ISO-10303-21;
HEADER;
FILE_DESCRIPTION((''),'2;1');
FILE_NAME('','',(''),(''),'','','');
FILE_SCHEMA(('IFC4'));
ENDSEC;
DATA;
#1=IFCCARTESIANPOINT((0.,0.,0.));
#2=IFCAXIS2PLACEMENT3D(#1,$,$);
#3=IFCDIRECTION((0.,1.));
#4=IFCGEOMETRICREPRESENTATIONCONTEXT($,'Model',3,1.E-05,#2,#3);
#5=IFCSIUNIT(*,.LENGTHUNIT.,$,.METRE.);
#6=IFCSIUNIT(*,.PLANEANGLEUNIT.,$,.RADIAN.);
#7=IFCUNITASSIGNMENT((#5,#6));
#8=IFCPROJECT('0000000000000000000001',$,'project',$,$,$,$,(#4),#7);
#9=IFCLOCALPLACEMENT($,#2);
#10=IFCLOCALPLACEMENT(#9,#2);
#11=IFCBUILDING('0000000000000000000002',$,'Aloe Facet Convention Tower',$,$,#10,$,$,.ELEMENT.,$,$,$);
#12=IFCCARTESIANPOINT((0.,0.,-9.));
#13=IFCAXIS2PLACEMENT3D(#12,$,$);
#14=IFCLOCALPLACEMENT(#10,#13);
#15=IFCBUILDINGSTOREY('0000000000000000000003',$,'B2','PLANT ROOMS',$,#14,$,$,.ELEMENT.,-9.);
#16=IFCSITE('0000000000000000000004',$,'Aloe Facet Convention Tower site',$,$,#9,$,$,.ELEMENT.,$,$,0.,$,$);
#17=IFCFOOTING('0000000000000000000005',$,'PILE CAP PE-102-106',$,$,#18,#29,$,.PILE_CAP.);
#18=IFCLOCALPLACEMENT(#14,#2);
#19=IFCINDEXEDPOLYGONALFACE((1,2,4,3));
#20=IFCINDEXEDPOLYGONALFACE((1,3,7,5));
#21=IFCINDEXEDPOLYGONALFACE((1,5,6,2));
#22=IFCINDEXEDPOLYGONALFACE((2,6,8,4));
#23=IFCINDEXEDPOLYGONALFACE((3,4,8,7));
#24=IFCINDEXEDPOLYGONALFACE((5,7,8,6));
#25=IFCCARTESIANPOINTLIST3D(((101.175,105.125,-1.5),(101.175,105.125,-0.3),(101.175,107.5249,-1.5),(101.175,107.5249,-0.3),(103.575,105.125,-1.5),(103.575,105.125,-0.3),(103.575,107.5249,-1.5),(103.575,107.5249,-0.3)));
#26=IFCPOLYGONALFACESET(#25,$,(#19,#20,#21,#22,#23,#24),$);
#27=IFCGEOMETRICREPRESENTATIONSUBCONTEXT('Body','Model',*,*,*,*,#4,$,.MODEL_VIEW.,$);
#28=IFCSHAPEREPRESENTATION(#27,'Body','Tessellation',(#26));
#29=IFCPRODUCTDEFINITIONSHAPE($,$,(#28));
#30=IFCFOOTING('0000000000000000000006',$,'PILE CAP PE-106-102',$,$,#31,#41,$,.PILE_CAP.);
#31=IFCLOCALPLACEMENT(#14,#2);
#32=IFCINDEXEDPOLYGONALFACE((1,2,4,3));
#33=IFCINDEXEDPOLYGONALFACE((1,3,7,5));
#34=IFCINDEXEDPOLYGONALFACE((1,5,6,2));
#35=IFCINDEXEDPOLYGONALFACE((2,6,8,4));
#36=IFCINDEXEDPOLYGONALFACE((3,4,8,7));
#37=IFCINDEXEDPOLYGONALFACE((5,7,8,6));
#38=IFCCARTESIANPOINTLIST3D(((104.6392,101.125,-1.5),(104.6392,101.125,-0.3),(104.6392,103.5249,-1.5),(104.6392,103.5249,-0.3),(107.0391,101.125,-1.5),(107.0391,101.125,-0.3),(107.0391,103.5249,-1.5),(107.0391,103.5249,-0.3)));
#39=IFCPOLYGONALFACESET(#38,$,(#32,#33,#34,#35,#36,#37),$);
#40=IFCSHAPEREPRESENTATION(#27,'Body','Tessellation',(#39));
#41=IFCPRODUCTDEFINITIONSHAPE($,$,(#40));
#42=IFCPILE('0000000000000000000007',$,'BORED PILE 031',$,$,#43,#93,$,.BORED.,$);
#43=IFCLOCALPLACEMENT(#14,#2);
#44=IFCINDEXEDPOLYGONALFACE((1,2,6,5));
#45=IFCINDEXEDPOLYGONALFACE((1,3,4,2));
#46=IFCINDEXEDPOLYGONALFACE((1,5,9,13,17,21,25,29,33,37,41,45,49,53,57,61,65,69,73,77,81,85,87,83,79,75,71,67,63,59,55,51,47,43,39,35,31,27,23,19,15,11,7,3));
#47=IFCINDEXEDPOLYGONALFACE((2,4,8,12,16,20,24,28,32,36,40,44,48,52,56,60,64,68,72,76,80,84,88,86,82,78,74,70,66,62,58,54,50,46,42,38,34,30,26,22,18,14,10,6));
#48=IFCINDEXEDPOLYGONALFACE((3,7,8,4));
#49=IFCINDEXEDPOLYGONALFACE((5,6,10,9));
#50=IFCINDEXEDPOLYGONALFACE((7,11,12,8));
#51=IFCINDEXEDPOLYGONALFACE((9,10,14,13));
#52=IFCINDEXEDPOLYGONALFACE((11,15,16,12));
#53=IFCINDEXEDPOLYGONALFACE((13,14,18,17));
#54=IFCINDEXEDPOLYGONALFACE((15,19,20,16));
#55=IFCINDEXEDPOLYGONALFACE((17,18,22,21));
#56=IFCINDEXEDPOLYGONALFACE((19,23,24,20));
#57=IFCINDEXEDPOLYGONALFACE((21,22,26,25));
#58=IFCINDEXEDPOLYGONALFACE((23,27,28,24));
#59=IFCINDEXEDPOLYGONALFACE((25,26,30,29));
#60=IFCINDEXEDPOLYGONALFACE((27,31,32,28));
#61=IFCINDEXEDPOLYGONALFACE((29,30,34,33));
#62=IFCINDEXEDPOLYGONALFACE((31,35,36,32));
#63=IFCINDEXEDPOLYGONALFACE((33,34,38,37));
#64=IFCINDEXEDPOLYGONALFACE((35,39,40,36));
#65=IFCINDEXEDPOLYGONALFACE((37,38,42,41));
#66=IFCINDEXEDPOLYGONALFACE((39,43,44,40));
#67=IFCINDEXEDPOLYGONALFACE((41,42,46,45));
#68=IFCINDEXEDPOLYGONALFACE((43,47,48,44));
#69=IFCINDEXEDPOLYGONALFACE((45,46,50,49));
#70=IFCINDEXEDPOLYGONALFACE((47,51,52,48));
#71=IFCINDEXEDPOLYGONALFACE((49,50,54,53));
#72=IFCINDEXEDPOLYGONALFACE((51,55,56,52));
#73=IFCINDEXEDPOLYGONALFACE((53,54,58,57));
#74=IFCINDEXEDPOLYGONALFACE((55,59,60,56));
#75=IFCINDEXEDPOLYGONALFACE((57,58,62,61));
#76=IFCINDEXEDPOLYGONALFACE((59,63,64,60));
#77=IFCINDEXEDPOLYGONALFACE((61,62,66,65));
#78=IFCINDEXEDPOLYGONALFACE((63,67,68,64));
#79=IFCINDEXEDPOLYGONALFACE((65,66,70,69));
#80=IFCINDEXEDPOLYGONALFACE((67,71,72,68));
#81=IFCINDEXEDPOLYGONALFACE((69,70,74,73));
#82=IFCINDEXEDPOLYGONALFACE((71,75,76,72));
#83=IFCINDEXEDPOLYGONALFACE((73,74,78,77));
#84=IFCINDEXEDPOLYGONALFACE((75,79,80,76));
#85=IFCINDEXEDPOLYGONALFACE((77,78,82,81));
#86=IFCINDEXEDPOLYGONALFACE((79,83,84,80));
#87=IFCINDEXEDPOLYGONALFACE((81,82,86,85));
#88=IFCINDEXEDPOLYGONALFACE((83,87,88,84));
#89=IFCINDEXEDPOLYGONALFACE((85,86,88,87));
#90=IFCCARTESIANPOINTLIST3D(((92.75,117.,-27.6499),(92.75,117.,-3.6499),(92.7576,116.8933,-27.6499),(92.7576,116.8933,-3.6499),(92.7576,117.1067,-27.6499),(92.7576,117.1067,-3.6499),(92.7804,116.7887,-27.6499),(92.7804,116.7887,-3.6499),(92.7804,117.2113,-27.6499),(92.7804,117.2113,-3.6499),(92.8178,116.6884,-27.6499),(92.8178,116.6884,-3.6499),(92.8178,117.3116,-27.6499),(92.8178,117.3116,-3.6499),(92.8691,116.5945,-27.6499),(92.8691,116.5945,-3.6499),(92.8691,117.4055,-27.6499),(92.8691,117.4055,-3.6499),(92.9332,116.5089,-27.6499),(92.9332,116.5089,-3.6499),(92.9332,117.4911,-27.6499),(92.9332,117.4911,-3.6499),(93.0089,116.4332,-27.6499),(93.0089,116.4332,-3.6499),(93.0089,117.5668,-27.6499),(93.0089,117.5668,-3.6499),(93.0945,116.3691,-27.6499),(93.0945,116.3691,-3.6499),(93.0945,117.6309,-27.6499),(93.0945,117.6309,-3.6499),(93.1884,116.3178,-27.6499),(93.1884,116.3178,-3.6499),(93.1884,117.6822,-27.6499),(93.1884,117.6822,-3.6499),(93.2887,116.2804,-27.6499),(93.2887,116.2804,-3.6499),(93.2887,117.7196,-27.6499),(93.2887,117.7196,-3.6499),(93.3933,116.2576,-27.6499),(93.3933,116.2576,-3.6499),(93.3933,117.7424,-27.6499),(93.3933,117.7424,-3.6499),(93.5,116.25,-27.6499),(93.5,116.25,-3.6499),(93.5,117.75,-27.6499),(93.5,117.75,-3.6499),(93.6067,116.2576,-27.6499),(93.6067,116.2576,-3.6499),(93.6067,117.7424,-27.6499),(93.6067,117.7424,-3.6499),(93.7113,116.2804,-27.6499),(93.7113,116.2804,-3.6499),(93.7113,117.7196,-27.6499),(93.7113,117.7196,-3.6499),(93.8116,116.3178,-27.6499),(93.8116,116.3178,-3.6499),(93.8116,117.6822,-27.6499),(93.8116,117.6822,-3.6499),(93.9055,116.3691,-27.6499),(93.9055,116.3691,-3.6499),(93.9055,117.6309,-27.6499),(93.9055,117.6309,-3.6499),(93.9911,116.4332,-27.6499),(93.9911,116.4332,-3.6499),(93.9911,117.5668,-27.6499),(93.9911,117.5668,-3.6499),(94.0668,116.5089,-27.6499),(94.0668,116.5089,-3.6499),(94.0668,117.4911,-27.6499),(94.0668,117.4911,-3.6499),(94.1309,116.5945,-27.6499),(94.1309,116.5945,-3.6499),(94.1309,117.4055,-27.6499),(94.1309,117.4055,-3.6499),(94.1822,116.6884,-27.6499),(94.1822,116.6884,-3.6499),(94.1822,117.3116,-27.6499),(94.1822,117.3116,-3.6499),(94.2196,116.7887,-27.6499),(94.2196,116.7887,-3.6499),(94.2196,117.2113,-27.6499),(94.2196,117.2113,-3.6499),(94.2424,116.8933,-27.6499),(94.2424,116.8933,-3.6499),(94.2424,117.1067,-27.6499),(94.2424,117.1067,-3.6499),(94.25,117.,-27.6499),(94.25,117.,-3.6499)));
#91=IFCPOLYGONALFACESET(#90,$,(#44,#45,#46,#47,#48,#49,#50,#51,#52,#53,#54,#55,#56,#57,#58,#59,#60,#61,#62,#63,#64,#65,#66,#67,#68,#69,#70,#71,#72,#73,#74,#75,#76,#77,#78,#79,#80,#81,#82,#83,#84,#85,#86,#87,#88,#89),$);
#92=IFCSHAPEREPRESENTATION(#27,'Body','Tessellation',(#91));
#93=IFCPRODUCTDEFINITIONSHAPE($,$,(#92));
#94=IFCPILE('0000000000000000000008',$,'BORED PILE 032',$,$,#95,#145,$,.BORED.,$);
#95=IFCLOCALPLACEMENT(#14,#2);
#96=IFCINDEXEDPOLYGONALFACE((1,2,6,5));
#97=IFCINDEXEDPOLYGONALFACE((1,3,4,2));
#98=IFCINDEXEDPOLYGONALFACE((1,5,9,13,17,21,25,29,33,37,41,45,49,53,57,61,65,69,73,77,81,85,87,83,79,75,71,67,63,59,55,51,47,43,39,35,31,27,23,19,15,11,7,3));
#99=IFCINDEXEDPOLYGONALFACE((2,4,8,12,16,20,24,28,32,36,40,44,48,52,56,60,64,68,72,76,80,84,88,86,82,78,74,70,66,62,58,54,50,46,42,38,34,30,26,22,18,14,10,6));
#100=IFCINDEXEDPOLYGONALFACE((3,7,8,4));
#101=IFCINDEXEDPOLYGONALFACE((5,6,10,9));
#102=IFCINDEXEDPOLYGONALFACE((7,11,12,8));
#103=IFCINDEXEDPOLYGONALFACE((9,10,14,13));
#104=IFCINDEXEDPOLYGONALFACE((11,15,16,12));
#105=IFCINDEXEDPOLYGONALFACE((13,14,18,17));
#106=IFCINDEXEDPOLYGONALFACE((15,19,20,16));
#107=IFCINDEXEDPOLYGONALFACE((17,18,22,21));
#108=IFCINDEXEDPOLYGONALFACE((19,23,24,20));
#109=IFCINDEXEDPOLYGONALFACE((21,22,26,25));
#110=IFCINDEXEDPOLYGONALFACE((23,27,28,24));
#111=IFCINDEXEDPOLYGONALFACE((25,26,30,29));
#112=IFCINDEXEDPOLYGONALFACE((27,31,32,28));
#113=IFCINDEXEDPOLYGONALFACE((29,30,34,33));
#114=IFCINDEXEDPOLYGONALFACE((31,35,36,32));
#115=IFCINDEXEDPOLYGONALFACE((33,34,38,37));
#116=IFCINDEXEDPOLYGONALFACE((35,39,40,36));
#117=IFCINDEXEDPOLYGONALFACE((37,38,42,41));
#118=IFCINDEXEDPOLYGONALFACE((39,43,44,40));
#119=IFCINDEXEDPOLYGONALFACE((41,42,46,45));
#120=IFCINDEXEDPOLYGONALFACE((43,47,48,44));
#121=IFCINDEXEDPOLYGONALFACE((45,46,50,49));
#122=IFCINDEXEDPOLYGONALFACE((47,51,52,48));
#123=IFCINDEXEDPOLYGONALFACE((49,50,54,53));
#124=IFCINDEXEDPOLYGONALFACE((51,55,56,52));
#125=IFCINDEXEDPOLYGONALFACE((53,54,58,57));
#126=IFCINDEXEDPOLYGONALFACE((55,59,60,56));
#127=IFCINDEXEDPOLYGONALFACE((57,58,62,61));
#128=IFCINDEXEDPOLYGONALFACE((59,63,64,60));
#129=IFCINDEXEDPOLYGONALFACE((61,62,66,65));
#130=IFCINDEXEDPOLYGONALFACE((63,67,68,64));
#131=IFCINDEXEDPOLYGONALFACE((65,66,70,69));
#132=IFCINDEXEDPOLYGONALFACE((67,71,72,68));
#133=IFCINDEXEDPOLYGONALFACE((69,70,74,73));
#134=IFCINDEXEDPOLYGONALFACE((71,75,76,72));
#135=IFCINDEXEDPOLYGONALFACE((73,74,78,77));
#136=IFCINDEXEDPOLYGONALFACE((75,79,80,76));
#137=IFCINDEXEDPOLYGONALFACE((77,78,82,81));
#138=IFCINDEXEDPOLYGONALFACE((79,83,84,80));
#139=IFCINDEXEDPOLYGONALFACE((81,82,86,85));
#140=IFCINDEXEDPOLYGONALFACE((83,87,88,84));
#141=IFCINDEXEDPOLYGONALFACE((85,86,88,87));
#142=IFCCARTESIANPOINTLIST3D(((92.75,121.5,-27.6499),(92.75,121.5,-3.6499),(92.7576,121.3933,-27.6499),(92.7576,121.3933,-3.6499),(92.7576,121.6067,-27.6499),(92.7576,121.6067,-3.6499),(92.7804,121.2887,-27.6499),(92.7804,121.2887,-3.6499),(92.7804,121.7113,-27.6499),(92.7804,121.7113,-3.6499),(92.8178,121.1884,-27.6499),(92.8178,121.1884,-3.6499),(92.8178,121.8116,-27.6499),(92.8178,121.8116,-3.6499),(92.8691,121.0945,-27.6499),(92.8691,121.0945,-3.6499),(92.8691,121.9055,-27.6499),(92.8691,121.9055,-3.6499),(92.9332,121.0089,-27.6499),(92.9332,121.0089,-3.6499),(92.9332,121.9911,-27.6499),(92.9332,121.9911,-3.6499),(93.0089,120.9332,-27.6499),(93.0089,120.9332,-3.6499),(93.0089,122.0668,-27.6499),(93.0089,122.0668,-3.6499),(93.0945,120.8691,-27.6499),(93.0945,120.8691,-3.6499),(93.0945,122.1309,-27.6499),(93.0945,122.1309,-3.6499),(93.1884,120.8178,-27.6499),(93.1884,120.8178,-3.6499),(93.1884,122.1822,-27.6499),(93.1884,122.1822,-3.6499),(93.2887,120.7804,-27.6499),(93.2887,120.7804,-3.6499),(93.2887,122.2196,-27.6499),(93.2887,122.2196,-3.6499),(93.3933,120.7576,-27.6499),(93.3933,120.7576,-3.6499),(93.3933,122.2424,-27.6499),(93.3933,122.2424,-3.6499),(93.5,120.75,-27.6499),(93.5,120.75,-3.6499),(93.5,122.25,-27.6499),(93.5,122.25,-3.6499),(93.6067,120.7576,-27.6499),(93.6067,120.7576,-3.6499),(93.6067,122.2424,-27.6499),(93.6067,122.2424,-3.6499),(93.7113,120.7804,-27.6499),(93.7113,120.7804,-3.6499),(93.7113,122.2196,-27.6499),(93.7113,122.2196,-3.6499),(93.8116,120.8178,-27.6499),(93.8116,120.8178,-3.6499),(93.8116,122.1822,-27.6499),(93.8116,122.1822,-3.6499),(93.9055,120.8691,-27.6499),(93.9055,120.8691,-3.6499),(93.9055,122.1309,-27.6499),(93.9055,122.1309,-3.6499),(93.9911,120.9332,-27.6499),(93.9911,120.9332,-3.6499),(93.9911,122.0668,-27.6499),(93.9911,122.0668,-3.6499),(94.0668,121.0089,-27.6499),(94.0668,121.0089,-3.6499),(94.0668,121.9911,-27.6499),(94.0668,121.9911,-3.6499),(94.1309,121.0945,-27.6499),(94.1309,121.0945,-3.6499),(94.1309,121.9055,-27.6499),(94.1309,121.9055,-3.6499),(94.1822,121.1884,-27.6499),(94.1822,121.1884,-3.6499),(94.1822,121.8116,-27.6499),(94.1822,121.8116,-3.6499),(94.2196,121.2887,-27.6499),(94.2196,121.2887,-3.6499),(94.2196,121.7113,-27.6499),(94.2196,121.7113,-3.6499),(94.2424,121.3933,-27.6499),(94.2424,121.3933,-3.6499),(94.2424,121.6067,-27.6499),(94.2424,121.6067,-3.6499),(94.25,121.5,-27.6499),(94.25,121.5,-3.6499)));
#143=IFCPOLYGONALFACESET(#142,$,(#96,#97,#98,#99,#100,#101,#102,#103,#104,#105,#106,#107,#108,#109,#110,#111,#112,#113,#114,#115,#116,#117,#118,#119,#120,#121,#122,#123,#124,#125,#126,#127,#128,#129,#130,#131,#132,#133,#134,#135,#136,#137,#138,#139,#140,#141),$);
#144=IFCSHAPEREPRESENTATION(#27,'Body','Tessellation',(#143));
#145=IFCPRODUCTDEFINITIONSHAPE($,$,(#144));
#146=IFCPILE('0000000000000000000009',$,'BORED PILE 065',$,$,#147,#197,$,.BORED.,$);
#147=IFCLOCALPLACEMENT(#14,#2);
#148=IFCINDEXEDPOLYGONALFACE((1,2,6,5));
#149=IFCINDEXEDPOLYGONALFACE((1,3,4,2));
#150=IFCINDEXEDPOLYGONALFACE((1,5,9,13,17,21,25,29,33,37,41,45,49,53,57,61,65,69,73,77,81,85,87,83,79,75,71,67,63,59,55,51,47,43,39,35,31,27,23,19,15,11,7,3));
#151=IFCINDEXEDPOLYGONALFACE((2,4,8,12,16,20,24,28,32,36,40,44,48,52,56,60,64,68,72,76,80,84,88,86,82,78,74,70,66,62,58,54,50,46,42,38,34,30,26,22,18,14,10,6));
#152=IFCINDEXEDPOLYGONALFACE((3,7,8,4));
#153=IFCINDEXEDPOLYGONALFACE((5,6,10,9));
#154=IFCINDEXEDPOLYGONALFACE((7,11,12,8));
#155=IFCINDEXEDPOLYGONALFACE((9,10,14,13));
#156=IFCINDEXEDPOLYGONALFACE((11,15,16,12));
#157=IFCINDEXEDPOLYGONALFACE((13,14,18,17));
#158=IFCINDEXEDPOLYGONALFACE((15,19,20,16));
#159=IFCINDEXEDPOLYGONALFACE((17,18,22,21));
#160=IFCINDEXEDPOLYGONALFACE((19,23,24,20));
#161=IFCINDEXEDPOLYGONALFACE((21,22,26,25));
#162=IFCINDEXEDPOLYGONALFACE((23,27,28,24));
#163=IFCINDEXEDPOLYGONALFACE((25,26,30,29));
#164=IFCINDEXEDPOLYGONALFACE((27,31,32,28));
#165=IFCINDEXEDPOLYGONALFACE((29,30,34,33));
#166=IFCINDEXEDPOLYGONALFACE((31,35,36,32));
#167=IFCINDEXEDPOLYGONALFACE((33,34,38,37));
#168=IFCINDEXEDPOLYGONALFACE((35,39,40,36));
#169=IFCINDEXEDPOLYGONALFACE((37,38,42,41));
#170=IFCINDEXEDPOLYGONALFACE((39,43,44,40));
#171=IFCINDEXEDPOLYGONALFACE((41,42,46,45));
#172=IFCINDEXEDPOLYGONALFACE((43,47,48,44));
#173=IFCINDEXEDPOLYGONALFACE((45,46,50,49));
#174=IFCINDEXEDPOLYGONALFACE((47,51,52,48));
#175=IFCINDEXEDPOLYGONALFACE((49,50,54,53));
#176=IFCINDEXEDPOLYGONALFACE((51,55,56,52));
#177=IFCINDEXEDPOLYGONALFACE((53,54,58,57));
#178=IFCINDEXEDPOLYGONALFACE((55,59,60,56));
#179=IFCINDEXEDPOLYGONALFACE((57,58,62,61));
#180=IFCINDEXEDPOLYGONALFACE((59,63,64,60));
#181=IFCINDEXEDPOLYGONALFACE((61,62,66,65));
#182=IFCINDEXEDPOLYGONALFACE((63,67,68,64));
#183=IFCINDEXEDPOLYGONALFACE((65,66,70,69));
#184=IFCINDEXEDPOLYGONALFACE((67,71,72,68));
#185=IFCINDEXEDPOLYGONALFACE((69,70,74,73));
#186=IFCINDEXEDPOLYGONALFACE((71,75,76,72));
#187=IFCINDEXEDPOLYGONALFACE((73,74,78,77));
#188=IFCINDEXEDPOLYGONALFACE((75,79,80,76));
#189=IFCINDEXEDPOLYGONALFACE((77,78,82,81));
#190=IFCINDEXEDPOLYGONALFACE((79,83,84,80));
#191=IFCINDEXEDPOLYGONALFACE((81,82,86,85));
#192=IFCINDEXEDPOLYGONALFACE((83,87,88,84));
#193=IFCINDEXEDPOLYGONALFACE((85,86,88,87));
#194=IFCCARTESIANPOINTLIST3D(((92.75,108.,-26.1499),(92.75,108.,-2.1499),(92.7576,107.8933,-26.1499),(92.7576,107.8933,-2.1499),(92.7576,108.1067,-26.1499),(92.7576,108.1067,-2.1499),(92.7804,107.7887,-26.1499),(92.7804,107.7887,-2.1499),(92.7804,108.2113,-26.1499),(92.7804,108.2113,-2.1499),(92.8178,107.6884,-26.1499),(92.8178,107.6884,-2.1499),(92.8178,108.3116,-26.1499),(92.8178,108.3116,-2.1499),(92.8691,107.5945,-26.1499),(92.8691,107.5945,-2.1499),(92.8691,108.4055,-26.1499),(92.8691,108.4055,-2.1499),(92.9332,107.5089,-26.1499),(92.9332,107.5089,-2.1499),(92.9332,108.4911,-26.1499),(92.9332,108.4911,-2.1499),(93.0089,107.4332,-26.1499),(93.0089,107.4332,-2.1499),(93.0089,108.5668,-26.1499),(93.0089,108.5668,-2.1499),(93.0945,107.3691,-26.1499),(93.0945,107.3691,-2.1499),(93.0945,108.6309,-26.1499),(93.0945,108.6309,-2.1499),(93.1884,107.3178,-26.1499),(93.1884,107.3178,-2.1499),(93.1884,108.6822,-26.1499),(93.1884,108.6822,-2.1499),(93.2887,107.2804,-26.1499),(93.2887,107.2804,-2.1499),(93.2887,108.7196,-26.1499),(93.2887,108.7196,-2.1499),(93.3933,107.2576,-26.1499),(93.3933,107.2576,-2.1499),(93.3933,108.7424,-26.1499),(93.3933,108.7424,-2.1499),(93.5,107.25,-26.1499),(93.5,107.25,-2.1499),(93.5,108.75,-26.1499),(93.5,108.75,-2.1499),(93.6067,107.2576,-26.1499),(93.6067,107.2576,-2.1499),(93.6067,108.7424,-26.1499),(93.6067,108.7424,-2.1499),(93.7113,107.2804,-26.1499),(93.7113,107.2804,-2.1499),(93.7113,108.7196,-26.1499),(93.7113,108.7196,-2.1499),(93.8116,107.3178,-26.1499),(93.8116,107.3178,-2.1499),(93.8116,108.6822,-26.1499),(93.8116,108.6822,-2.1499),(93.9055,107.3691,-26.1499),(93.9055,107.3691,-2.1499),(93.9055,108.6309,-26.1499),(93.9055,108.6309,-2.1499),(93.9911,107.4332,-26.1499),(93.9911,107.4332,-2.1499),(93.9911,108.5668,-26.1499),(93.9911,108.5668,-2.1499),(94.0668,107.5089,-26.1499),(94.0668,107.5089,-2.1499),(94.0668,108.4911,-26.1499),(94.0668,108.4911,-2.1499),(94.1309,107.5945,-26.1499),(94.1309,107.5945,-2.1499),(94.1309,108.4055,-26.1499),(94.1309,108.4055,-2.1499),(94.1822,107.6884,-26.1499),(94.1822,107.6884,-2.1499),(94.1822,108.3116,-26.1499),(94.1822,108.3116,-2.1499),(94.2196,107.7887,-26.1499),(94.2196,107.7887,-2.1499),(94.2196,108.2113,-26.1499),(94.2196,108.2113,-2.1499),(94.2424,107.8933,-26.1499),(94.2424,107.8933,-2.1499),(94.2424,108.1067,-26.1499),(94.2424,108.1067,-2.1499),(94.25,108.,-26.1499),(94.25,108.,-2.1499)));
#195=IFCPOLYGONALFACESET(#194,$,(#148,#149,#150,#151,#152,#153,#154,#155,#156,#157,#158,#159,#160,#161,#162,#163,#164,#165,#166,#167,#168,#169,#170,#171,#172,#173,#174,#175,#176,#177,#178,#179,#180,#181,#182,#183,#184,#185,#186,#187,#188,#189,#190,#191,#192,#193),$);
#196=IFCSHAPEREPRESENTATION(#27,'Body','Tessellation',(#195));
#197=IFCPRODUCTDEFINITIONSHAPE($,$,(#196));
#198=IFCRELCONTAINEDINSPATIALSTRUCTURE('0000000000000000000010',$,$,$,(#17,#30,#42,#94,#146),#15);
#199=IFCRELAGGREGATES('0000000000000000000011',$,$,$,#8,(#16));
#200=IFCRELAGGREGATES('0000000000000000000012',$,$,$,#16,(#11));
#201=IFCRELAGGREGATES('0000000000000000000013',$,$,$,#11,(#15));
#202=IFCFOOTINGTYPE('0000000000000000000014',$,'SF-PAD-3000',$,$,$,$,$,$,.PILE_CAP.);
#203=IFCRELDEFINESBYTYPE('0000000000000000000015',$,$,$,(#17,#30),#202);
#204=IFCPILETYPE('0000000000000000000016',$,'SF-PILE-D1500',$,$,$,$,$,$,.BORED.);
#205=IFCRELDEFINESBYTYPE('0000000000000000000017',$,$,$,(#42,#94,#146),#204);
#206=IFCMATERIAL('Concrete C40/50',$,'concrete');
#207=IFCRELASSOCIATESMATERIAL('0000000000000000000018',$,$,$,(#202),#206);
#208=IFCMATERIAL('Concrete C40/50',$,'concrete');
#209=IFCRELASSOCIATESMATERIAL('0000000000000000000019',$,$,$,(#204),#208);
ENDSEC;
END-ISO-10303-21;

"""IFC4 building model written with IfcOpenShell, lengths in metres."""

from ifc_helpers import new_model, si_unit, direction, frame, origin, origin_2d, place, context, subcontext, project, spatial, rectangle, circle, extrude, material, material_profile, profile_set, type_object, element, save


model = new_model("IFC4")

# Units and contexts
model_context = context("Model", 3, precision=1e-05, world=origin(), true_north=direction((0.0, 1.0)))
body_context = subcontext(model_context, "Body", "Model", "MODEL_VIEW")
ifc_project = project(units=[si_unit("LENGTHUNIT", "METRE"), si_unit("PLANEANGLEUNIT", "RADIAN")], contexts=[model_context])

# Site, building, storey
site_placement = place(None, origin())
site = spatial("IfcSite", under=ifc_project, at=site_placement, Name="Aloe Facet Convention Tower site", CompositionType="ELEMENT", RefElevation=0.0)
building_placement = place(site_placement, origin())
building = spatial("IfcBuilding", under=site, at=building_placement, Name="Aloe Facet Convention Tower", CompositionType="ELEMENT")
storey_placement = place(building_placement, frame((0.0, 0.0, -9.0)))
storey = spatial("IfcBuildingStorey", under=building, at=storey_placement, Name="B2", Description="PLANT ROOMS", CompositionType="ELEMENT", Elevation=-9.0)

# Footings
ifc_material_1 = material(Name="Concrete C40/50", Category="concrete")
footing_type = type_object("IfcFootingType", Name="SF-PAD-3000", PredefinedType="PILE_CAP", material=ifc_material_1)
for number, where, z_axis, x_axis, name in (
    (1, (102.375, 106.325, -1.5), (0.0, 0.0, 1.0), (1.0, 0.0, 0.0), "PILE CAP PE-102-106"),
    (2, (105.8391, 102.325, -1.5), (0.0, 0.0, 1.0), (1.0, 0.0, 0.0), "PILE CAP PE-106-102"),
):
    element("IfcFooting", number, at=place(storey_placement, frame(where, z_axis=z_axis, x_axis=x_axis)), inside=storey, type_object=footing_type, Name=name, PredefinedType="PILE_CAP", context=body_context, shape_type="SweptSolid", body=[
        extrude(rectangle(XDim=2.3999, YDim=2.3999, at=origin_2d()), origin(), (0.0, 0.0, 1.0), 1.2),
    ])

# Piles
ifc_material_2 = material(Name="Concrete C40/50", Category="concrete")
ifc_material_profile_1 = material_profile(ifc_material_2, circle(Radius=0.75, at=origin_2d()), Name="D1500")
ifc_profile_set_1 = profile_set([ifc_material_profile_1], Name="Concrete C40/50")
pile_type = type_object("IfcPileType", Name="SF-PILE-D1500", PredefinedType="BORED", material=ifc_profile_set_1)
for number, where, z_axis, x_axis, name in (
    (3, (93.5, 117.0, -3.6499), (0.0, 0.0, -1.0), (1.0, 0.0, 0.0), "BORED PILE 031"),
    (4, (93.5, 121.5, -3.6499), (0.0, 0.0, -1.0), (1.0, 0.0, 0.0), "BORED PILE 032"),
    (5, (93.5, 108.0, -2.1499), (0.0, 0.0, -1.0), (1.0, 0.0, 0.0), "BORED PILE 065"),
):
    element("IfcPile", number, at=place(storey_placement, frame(where, z_axis=z_axis, x_axis=x_axis)), inside=storey, type_object=pile_type, Name=name, PredefinedType="BORED", context=body_context, shape_type="SweptSolid", body=[
        extrude(circle(Radius=0.75, at=origin_2d()), origin(), (0.0, 0.0, 1.0), 24.0),
    ])

save(model, "model.ifc")
